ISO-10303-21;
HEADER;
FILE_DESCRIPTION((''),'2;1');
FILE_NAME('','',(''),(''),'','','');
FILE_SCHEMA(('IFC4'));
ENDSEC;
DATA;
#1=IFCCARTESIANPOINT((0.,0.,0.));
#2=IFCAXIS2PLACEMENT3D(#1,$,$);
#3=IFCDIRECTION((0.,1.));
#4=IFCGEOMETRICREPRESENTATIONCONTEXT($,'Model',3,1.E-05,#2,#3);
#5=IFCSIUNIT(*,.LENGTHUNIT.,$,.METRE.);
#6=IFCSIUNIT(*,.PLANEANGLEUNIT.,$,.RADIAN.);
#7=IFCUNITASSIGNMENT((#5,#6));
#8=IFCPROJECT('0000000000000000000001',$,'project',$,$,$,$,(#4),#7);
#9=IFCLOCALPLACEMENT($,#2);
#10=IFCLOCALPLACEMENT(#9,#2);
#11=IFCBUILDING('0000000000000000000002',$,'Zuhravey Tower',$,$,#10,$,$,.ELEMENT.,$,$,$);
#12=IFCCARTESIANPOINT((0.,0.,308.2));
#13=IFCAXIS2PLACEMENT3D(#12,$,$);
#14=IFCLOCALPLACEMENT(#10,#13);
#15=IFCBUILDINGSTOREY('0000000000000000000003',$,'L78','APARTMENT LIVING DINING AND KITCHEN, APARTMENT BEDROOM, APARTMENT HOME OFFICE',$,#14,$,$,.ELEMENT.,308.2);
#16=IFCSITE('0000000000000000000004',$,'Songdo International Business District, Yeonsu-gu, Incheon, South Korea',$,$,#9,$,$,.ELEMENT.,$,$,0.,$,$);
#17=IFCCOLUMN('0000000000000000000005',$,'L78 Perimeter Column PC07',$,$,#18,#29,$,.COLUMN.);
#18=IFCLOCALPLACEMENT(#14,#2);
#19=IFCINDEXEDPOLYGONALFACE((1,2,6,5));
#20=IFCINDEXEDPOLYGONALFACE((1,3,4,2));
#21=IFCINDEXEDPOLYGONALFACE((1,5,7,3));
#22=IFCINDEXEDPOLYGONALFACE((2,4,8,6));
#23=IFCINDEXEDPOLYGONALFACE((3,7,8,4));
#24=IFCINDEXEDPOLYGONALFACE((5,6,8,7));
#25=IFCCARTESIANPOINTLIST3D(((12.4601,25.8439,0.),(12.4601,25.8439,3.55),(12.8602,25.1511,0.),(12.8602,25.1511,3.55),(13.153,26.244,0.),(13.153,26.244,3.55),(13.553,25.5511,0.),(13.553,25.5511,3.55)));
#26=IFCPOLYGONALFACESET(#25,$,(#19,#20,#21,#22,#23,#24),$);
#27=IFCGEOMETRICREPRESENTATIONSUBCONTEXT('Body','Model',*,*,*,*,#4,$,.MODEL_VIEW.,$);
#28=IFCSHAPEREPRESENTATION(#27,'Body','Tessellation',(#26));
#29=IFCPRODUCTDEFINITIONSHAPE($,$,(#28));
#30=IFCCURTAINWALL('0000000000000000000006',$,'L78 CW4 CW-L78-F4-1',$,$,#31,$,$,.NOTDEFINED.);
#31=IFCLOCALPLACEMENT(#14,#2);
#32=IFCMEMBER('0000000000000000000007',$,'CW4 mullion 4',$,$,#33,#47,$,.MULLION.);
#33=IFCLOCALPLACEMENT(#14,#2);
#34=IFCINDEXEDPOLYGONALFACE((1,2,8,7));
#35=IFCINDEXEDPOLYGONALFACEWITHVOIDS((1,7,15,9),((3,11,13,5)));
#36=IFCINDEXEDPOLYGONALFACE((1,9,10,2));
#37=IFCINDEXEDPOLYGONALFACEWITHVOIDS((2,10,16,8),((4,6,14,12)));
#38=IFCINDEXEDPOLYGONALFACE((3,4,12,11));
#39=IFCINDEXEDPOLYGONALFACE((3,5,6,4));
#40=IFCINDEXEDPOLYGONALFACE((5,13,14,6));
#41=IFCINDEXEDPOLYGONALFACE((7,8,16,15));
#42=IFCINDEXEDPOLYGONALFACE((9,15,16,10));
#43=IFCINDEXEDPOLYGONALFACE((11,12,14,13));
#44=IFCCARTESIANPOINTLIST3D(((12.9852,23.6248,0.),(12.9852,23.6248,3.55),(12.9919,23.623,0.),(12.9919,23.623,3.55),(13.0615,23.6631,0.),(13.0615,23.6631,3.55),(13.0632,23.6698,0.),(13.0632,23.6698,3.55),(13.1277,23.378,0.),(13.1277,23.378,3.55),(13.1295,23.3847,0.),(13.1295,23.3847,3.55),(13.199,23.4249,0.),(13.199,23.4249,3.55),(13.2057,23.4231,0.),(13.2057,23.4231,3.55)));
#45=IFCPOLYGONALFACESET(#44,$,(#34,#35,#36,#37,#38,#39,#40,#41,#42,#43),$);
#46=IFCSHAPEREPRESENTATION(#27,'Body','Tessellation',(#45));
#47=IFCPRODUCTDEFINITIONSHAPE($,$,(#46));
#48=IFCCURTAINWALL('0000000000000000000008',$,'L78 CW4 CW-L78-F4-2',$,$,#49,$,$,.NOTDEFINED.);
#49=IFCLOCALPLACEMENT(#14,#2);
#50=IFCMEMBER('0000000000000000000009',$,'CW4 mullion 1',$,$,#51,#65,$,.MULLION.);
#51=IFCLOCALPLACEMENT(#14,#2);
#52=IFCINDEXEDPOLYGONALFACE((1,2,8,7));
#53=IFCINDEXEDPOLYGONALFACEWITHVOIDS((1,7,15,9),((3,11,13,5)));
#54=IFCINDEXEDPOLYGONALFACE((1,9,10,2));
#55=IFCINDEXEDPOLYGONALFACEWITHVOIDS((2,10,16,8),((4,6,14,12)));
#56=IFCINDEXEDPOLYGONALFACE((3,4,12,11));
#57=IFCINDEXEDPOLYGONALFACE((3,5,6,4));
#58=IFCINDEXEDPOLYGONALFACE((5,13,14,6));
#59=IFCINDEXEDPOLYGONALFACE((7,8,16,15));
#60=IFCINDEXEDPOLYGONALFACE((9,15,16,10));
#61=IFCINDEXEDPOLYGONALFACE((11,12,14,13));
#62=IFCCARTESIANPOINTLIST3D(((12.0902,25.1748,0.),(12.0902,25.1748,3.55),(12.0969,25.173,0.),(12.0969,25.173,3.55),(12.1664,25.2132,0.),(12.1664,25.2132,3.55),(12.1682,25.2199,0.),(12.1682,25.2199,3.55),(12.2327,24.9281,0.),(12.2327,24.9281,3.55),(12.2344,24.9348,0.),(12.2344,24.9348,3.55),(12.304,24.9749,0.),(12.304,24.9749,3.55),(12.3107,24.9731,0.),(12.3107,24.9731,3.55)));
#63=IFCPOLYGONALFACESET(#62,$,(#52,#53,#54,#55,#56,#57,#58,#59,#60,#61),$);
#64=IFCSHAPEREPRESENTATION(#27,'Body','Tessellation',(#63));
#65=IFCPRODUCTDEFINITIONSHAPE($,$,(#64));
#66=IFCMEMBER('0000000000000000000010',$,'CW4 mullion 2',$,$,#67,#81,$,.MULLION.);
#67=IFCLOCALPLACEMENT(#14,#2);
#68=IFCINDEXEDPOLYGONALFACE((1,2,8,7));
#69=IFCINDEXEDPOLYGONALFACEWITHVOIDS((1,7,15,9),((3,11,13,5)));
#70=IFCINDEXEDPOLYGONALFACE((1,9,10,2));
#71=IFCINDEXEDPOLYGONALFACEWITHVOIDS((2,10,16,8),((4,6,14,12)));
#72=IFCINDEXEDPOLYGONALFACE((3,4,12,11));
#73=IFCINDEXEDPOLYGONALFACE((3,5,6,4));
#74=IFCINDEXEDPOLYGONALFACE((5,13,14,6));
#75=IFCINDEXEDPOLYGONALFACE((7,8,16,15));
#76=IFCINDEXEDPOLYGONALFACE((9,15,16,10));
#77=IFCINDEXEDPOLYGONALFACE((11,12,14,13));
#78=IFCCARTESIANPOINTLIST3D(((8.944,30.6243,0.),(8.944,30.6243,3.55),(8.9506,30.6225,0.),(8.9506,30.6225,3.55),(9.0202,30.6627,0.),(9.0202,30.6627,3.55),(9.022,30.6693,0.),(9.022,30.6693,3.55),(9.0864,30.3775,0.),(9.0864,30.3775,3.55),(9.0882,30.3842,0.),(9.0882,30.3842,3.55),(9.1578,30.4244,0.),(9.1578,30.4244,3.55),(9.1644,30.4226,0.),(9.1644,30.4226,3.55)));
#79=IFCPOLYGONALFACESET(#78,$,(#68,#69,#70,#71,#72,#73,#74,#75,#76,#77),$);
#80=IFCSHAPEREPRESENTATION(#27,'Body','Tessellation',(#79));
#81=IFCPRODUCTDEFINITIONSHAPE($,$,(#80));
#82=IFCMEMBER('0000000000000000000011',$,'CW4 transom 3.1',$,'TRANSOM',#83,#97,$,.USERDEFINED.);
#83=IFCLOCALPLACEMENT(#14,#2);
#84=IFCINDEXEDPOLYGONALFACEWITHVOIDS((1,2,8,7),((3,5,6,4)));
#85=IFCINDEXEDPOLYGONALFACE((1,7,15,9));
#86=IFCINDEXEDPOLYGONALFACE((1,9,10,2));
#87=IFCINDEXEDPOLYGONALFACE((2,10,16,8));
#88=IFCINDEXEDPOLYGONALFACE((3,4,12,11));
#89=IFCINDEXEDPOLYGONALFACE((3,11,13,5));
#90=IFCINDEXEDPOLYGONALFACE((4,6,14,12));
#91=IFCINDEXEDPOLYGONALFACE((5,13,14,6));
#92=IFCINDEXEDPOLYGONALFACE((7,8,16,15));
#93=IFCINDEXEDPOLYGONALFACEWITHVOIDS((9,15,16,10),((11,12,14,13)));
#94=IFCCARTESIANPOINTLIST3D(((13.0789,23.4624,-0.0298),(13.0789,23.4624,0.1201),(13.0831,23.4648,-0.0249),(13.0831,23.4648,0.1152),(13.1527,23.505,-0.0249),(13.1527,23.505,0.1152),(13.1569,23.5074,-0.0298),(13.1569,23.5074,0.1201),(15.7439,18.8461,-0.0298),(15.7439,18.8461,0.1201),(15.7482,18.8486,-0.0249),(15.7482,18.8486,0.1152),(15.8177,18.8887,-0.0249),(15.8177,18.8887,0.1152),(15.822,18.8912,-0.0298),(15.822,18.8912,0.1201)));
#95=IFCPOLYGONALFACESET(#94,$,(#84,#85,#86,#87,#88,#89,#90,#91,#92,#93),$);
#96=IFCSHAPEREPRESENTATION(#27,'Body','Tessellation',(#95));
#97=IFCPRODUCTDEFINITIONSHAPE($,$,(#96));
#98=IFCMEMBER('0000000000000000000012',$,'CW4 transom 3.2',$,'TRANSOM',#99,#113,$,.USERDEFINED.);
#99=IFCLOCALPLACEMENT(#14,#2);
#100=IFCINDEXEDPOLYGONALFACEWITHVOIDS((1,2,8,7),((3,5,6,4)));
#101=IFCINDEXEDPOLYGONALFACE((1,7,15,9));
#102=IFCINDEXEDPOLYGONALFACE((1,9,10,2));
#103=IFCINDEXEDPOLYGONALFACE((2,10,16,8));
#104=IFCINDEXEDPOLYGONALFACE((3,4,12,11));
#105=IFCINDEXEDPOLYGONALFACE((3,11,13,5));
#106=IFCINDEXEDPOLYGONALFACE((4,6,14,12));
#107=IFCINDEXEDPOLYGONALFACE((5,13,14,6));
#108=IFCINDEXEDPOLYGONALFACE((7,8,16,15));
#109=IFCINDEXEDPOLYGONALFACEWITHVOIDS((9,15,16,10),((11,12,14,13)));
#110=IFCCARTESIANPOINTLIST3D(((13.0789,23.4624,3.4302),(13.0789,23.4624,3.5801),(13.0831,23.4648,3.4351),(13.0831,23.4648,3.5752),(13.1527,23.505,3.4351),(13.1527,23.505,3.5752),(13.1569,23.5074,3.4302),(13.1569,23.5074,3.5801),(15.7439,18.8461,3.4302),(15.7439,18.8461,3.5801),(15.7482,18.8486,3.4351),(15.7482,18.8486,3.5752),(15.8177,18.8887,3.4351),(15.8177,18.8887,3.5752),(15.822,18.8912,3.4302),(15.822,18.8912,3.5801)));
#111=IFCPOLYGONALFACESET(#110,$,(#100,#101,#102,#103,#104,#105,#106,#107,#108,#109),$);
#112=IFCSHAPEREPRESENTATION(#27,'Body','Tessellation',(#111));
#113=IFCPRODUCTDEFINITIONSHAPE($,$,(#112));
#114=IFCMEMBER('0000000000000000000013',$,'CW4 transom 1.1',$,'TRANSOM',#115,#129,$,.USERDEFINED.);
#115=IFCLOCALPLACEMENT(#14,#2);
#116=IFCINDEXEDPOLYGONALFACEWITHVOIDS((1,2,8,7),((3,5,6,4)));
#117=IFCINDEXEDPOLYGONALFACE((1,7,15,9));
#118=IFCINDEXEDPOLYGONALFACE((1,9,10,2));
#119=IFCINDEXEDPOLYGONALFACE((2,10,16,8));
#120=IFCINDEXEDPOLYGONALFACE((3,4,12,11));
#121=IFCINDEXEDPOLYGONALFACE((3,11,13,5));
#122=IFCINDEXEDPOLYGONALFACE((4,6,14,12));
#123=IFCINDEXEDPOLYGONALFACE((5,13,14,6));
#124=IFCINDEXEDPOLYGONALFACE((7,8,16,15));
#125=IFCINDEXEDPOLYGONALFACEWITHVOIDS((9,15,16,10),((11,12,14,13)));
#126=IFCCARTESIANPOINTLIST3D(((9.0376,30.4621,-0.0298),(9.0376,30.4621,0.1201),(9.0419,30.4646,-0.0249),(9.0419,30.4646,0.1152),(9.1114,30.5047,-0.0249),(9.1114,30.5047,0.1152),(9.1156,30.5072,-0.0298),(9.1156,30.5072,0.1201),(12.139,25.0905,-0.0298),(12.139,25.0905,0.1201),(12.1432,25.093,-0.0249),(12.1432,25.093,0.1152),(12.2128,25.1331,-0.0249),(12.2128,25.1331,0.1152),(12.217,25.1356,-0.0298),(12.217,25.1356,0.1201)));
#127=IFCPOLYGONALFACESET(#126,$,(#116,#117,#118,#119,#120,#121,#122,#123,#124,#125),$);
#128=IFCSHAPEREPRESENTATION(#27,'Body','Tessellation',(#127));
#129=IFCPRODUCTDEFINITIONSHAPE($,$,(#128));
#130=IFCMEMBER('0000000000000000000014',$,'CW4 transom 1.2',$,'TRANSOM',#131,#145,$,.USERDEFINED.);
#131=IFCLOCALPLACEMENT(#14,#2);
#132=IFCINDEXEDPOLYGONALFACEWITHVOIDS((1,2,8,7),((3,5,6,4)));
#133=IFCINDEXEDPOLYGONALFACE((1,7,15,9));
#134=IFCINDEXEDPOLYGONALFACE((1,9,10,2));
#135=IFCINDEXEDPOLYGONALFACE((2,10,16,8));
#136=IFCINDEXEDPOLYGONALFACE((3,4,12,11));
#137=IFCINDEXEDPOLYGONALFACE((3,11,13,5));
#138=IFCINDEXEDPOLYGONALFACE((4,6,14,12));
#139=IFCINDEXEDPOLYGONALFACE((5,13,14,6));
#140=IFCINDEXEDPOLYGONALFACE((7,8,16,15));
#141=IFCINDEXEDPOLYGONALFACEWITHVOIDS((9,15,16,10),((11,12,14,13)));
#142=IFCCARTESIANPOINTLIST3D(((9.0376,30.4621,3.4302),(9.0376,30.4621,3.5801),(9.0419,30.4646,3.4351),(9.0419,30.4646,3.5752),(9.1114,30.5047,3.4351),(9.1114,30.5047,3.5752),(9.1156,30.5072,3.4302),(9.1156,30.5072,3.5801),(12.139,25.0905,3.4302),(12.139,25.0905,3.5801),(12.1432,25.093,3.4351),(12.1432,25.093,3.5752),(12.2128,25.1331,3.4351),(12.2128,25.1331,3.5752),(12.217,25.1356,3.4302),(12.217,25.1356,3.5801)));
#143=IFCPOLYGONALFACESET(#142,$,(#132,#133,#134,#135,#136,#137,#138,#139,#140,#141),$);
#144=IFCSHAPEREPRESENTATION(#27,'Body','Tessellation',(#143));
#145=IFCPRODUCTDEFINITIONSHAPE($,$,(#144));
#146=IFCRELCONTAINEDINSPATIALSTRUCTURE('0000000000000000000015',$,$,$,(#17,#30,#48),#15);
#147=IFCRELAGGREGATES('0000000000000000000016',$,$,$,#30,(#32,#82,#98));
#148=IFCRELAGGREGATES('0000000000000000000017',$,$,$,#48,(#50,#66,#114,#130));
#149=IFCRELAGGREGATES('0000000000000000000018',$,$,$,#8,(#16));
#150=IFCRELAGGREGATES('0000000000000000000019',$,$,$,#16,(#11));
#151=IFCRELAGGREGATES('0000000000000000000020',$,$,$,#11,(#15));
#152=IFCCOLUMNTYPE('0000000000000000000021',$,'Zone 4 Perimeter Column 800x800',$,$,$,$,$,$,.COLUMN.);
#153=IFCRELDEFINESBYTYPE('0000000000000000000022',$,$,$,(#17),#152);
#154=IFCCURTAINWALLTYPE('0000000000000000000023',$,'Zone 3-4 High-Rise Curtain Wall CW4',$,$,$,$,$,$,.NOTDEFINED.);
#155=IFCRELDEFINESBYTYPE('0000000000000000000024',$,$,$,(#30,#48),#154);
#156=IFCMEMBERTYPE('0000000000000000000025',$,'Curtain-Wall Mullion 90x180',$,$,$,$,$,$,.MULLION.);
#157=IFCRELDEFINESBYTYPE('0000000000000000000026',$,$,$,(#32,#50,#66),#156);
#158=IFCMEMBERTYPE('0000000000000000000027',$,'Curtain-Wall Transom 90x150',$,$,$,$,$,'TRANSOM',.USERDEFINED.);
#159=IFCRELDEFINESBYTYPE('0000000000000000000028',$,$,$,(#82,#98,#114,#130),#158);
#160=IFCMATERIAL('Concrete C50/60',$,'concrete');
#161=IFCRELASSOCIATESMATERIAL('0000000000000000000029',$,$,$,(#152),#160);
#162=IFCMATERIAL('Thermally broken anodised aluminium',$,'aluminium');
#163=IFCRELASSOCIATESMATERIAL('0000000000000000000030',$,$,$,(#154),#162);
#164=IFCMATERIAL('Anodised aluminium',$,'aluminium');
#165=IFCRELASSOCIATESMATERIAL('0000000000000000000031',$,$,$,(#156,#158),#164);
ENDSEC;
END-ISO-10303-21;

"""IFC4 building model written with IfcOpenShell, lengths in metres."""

from ifc_helpers import new_model, si_unit, direction, frame, origin, origin_2d, place, context, subcontext, project, spatial, rectangle, hollow_rectangle, extrude, material, material_profile, profile_set, type_object, element, aggregate, save


model = new_model("IFC4")

# Units and contexts
model_context = context("Model", 3, precision=1e-05, world=origin(), true_north=direction((0.0, 1.0)))
body_context = subcontext(model_context, "Body", "Model", "MODEL_VIEW")
ifc_project = project(units=[si_unit("LENGTHUNIT", "METRE"), si_unit("PLANEANGLEUNIT", "RADIAN")], contexts=[model_context])

# Site, building, storey
site_placement = place(None, origin())
site = spatial("IfcSite", under=ifc_project, at=site_placement, Name="Songdo International Business District, Yeonsu-gu, Incheon, South Korea", CompositionType="ELEMENT", RefElevation=0.0)
building_placement = place(site_placement, origin())
building = spatial("IfcBuilding", under=site, at=building_placement, Name="Zuhravey Tower", CompositionType="ELEMENT")
storey_placement = place(building_placement, frame((0.0, 0.0, 308.2)))
storey = spatial("IfcBuildingStorey", under=building, at=storey_placement, Name="L78", Description="APARTMENT LIVING DINING AND KITCHEN, APARTMENT BEDROOM, APARTMENT HOME OFFICE", CompositionType="ELEMENT", Elevation=308.2)

# Column
ifc_material_1 = material(Name="Concrete C50/60", Category="concrete")
ifc_material_profile_1 = material_profile(ifc_material_1, rectangle(XDim=0.8, YDim=0.8, at=origin_2d()), Name="RC-800x800")
ifc_profile_set_1 = profile_set([ifc_material_profile_1], Name="Concrete C50/60")
column_type = type_object("IfcColumnType", Name="Zone 4 Perimeter Column 800x800", PredefinedType="COLUMN", material=ifc_profile_set_1)
column_placement = place(storey_placement, frame((13.0066, 25.6975, 0.0), z_axis=(0.0, 0.0, 1.0), x_axis=(0.5, -0.866025, 0.0)))
element("IfcColumn", 1, at=column_placement, inside=storey, type_object=column_type, Name="L78 Perimeter Column PC07", PredefinedType="COLUMN", context=body_context, shape_type="SweptSolid", body=[
    extrude(rectangle(XDim=0.8, YDim=0.8, at=origin_2d()), origin(), (0.0, 0.0, 1.0), 3.55),
])

# Curtain wall, member
ifc_material_2 = material(Name="Thermally broken anodised aluminium", Category="aluminium")
curtain_wall_type = type_object("IfcCurtainWallType", Name="Zone 3-4 High-Rise Curtain Wall CW4", PredefinedType="NOTDEFINED", material=ifc_material_2)
curtain_wall_1_placement = place(storey_placement, origin())
curtain_wall_1 = element("IfcCurtainWall", 2, at=curtain_wall_1_placement, inside=storey, type_object=curtain_wall_type, Name="L78 CW4 CW-L78-F4-1", PredefinedType="NOTDEFINED")
ifc_material_3 = material(Name="Anodised aluminium", Category="aluminium")
ifc_material_profile_2 = material_profile(ifc_material_3, hollow_rectangle(XDim=0.0901, YDim=0.2849, WallThickness=0.0049, at=origin_2d()), Name="ALU-RHS-90x285x5")
ifc_profile_set_2 = profile_set([ifc_material_profile_2], Name="Anodised aluminium")
member_type_1 = type_object("IfcMemberType", Name="Curtain-Wall Mullion 90x180", PredefinedType="MULLION", material=ifc_profile_set_2)
member_1_placement = place(storey_placement, frame((13.0955, 23.5239, 0.0), z_axis=(0.0, 0.0, 1.0), x_axis=(-0.866026, -0.499999, 0.0)))
member_1 = element("IfcMember", 3, at=member_1_placement, type_object=member_type_1, Name="CW4 mullion 4", PredefinedType="MULLION", context=body_context, shape_type="SweptSolid", body=[
    extrude(hollow_rectangle(XDim=0.0901, YDim=0.2849, WallThickness=0.0049, at=origin_2d()), origin(), (0.0, 0.0, 1.0), 3.55),
])

# Curtain wall, members
curtain_wall_2_placement = place(storey_placement, origin())
curtain_wall_2 = element("IfcCurtainWall", 4, at=curtain_wall_2_placement, inside=storey, type_object=curtain_wall_type, Name="L78 CW4 CW-L78-F4-2", PredefinedType="NOTDEFINED")
member_2_placement = place(storey_placement, frame((12.2004, 25.074, 0.0), z_axis=(0.0, 0.0, 1.0), x_axis=(-0.866022, -0.500006, 0.0)))
member_2 = element("IfcMember", 5, at=member_2_placement, type_object=member_type_1, Name="CW4 mullion 1", PredefinedType="MULLION", context=body_context, shape_type="SweptSolid", body=[
    extrude(hollow_rectangle(XDim=0.0901, YDim=0.2849, WallThickness=0.0049, at=origin_2d()), origin(), (0.0, 0.0, 1.0), 3.55),
])
member_3_placement = place(storey_placement, frame((9.0542, 30.5234, 0.0), z_axis=(0.0, 0.0, 1.0), x_axis=(-0.866022, -0.500006, 0.0)))
member_3 = element("IfcMember", 6, at=member_3_placement, type_object=member_type_1, Name="CW4 mullion 2", PredefinedType="MULLION", context=body_context, shape_type="SweptSolid", body=[
    extrude(hollow_rectangle(XDim=0.0901, YDim=0.2849, WallThickness=0.0049, at=origin_2d()), origin(), (0.0, 0.0, 1.0), 3.55),
])

# Members
ifc_material_profile_3 = material_profile(ifc_material_3, hollow_rectangle(XDim=0.0901, YDim=0.1499, WallThickness=0.0049, at=origin_2d()), Name="ALU-RHS-90x150x5")
ifc_profile_set_3 = profile_set([ifc_material_profile_3], Name="Anodised aluminium")
member_type_2 = type_object("IfcMemberType", Name="Curtain-Wall Transom 90x150", ElementType="TRANSOM", PredefinedType="USERDEFINED", material=ifc_profile_set_3)
member_4_placement = place(storey_placement, frame((15.783, 18.8687, 0.0452), z_axis=(-0.499981, 0.866036, 0.0), x_axis=(-0.866036, -0.499981, 0.0)))
member_4 = element("IfcMember", 7, at=member_4_placement, type_object=member_type_2, Name="CW4 transom 3.1", ObjectType="TRANSOM", PredefinedType="USERDEFINED", context=body_context, shape_type="SweptSolid", body=[
    extrude(hollow_rectangle(XDim=0.0901, YDim=0.1499, WallThickness=0.0049, at=origin_2d()), origin(), (0.0, 0.0, 1.0), 5.3303),
])
member_5_placement = place(storey_placement, frame((15.783, 18.8687, 3.5051), z_axis=(-0.499981, 0.866036, 0.0), x_axis=(-0.866036, -0.499981, 0.0)))
member_5 = element("IfcMember", 8, at=member_5_placement, type_object=member_type_2, Name="CW4 transom 3.2", ObjectType="TRANSOM", PredefinedType="USERDEFINED", context=body_context, shape_type="SweptSolid", body=[
    extrude(hollow_rectangle(XDim=0.0901, YDim=0.1499, WallThickness=0.0049, at=origin_2d()), origin(), (0.0, 0.0, 1.0), 5.3303),
])
member_6_placement = place(storey_placement, frame((12.178, 25.113, 0.0452), z_axis=(-0.500004, 0.866023, 0.0), x_axis=(-0.866023, -0.500004, 0.0)))
member_6 = element("IfcMember", 9, at=member_6_placement, type_object=member_type_2, Name="CW4 transom 1.1", ObjectType="TRANSOM", PredefinedType="USERDEFINED", context=body_context, shape_type="SweptSolid", body=[
    extrude(hollow_rectangle(XDim=0.0901, YDim=0.1499, WallThickness=0.0049, at=origin_2d()), origin(), (0.0, 0.0, 1.0), 6.2026),
])
member_7_placement = place(storey_placement, frame((12.178, 25.113, 3.5051), z_axis=(-0.500004, 0.866023, 0.0), x_axis=(-0.866023, -0.500004, 0.0)))
member_7 = element("IfcMember", 10, at=member_7_placement, type_object=member_type_2, Name="CW4 transom 1.2", ObjectType="TRANSOM", PredefinedType="USERDEFINED", context=body_context, shape_type="SweptSolid", body=[
    extrude(hollow_rectangle(XDim=0.0901, YDim=0.1499, WallThickness=0.0049, at=origin_2d()), origin(), (0.0, 0.0, 1.0), 6.2026),
])

aggregate(curtain_wall_1, [member_1, member_4, member_5])
aggregate(curtain_wall_2, [member_2, member_3, member_6, member_7])

save(model, "model.ifc")
